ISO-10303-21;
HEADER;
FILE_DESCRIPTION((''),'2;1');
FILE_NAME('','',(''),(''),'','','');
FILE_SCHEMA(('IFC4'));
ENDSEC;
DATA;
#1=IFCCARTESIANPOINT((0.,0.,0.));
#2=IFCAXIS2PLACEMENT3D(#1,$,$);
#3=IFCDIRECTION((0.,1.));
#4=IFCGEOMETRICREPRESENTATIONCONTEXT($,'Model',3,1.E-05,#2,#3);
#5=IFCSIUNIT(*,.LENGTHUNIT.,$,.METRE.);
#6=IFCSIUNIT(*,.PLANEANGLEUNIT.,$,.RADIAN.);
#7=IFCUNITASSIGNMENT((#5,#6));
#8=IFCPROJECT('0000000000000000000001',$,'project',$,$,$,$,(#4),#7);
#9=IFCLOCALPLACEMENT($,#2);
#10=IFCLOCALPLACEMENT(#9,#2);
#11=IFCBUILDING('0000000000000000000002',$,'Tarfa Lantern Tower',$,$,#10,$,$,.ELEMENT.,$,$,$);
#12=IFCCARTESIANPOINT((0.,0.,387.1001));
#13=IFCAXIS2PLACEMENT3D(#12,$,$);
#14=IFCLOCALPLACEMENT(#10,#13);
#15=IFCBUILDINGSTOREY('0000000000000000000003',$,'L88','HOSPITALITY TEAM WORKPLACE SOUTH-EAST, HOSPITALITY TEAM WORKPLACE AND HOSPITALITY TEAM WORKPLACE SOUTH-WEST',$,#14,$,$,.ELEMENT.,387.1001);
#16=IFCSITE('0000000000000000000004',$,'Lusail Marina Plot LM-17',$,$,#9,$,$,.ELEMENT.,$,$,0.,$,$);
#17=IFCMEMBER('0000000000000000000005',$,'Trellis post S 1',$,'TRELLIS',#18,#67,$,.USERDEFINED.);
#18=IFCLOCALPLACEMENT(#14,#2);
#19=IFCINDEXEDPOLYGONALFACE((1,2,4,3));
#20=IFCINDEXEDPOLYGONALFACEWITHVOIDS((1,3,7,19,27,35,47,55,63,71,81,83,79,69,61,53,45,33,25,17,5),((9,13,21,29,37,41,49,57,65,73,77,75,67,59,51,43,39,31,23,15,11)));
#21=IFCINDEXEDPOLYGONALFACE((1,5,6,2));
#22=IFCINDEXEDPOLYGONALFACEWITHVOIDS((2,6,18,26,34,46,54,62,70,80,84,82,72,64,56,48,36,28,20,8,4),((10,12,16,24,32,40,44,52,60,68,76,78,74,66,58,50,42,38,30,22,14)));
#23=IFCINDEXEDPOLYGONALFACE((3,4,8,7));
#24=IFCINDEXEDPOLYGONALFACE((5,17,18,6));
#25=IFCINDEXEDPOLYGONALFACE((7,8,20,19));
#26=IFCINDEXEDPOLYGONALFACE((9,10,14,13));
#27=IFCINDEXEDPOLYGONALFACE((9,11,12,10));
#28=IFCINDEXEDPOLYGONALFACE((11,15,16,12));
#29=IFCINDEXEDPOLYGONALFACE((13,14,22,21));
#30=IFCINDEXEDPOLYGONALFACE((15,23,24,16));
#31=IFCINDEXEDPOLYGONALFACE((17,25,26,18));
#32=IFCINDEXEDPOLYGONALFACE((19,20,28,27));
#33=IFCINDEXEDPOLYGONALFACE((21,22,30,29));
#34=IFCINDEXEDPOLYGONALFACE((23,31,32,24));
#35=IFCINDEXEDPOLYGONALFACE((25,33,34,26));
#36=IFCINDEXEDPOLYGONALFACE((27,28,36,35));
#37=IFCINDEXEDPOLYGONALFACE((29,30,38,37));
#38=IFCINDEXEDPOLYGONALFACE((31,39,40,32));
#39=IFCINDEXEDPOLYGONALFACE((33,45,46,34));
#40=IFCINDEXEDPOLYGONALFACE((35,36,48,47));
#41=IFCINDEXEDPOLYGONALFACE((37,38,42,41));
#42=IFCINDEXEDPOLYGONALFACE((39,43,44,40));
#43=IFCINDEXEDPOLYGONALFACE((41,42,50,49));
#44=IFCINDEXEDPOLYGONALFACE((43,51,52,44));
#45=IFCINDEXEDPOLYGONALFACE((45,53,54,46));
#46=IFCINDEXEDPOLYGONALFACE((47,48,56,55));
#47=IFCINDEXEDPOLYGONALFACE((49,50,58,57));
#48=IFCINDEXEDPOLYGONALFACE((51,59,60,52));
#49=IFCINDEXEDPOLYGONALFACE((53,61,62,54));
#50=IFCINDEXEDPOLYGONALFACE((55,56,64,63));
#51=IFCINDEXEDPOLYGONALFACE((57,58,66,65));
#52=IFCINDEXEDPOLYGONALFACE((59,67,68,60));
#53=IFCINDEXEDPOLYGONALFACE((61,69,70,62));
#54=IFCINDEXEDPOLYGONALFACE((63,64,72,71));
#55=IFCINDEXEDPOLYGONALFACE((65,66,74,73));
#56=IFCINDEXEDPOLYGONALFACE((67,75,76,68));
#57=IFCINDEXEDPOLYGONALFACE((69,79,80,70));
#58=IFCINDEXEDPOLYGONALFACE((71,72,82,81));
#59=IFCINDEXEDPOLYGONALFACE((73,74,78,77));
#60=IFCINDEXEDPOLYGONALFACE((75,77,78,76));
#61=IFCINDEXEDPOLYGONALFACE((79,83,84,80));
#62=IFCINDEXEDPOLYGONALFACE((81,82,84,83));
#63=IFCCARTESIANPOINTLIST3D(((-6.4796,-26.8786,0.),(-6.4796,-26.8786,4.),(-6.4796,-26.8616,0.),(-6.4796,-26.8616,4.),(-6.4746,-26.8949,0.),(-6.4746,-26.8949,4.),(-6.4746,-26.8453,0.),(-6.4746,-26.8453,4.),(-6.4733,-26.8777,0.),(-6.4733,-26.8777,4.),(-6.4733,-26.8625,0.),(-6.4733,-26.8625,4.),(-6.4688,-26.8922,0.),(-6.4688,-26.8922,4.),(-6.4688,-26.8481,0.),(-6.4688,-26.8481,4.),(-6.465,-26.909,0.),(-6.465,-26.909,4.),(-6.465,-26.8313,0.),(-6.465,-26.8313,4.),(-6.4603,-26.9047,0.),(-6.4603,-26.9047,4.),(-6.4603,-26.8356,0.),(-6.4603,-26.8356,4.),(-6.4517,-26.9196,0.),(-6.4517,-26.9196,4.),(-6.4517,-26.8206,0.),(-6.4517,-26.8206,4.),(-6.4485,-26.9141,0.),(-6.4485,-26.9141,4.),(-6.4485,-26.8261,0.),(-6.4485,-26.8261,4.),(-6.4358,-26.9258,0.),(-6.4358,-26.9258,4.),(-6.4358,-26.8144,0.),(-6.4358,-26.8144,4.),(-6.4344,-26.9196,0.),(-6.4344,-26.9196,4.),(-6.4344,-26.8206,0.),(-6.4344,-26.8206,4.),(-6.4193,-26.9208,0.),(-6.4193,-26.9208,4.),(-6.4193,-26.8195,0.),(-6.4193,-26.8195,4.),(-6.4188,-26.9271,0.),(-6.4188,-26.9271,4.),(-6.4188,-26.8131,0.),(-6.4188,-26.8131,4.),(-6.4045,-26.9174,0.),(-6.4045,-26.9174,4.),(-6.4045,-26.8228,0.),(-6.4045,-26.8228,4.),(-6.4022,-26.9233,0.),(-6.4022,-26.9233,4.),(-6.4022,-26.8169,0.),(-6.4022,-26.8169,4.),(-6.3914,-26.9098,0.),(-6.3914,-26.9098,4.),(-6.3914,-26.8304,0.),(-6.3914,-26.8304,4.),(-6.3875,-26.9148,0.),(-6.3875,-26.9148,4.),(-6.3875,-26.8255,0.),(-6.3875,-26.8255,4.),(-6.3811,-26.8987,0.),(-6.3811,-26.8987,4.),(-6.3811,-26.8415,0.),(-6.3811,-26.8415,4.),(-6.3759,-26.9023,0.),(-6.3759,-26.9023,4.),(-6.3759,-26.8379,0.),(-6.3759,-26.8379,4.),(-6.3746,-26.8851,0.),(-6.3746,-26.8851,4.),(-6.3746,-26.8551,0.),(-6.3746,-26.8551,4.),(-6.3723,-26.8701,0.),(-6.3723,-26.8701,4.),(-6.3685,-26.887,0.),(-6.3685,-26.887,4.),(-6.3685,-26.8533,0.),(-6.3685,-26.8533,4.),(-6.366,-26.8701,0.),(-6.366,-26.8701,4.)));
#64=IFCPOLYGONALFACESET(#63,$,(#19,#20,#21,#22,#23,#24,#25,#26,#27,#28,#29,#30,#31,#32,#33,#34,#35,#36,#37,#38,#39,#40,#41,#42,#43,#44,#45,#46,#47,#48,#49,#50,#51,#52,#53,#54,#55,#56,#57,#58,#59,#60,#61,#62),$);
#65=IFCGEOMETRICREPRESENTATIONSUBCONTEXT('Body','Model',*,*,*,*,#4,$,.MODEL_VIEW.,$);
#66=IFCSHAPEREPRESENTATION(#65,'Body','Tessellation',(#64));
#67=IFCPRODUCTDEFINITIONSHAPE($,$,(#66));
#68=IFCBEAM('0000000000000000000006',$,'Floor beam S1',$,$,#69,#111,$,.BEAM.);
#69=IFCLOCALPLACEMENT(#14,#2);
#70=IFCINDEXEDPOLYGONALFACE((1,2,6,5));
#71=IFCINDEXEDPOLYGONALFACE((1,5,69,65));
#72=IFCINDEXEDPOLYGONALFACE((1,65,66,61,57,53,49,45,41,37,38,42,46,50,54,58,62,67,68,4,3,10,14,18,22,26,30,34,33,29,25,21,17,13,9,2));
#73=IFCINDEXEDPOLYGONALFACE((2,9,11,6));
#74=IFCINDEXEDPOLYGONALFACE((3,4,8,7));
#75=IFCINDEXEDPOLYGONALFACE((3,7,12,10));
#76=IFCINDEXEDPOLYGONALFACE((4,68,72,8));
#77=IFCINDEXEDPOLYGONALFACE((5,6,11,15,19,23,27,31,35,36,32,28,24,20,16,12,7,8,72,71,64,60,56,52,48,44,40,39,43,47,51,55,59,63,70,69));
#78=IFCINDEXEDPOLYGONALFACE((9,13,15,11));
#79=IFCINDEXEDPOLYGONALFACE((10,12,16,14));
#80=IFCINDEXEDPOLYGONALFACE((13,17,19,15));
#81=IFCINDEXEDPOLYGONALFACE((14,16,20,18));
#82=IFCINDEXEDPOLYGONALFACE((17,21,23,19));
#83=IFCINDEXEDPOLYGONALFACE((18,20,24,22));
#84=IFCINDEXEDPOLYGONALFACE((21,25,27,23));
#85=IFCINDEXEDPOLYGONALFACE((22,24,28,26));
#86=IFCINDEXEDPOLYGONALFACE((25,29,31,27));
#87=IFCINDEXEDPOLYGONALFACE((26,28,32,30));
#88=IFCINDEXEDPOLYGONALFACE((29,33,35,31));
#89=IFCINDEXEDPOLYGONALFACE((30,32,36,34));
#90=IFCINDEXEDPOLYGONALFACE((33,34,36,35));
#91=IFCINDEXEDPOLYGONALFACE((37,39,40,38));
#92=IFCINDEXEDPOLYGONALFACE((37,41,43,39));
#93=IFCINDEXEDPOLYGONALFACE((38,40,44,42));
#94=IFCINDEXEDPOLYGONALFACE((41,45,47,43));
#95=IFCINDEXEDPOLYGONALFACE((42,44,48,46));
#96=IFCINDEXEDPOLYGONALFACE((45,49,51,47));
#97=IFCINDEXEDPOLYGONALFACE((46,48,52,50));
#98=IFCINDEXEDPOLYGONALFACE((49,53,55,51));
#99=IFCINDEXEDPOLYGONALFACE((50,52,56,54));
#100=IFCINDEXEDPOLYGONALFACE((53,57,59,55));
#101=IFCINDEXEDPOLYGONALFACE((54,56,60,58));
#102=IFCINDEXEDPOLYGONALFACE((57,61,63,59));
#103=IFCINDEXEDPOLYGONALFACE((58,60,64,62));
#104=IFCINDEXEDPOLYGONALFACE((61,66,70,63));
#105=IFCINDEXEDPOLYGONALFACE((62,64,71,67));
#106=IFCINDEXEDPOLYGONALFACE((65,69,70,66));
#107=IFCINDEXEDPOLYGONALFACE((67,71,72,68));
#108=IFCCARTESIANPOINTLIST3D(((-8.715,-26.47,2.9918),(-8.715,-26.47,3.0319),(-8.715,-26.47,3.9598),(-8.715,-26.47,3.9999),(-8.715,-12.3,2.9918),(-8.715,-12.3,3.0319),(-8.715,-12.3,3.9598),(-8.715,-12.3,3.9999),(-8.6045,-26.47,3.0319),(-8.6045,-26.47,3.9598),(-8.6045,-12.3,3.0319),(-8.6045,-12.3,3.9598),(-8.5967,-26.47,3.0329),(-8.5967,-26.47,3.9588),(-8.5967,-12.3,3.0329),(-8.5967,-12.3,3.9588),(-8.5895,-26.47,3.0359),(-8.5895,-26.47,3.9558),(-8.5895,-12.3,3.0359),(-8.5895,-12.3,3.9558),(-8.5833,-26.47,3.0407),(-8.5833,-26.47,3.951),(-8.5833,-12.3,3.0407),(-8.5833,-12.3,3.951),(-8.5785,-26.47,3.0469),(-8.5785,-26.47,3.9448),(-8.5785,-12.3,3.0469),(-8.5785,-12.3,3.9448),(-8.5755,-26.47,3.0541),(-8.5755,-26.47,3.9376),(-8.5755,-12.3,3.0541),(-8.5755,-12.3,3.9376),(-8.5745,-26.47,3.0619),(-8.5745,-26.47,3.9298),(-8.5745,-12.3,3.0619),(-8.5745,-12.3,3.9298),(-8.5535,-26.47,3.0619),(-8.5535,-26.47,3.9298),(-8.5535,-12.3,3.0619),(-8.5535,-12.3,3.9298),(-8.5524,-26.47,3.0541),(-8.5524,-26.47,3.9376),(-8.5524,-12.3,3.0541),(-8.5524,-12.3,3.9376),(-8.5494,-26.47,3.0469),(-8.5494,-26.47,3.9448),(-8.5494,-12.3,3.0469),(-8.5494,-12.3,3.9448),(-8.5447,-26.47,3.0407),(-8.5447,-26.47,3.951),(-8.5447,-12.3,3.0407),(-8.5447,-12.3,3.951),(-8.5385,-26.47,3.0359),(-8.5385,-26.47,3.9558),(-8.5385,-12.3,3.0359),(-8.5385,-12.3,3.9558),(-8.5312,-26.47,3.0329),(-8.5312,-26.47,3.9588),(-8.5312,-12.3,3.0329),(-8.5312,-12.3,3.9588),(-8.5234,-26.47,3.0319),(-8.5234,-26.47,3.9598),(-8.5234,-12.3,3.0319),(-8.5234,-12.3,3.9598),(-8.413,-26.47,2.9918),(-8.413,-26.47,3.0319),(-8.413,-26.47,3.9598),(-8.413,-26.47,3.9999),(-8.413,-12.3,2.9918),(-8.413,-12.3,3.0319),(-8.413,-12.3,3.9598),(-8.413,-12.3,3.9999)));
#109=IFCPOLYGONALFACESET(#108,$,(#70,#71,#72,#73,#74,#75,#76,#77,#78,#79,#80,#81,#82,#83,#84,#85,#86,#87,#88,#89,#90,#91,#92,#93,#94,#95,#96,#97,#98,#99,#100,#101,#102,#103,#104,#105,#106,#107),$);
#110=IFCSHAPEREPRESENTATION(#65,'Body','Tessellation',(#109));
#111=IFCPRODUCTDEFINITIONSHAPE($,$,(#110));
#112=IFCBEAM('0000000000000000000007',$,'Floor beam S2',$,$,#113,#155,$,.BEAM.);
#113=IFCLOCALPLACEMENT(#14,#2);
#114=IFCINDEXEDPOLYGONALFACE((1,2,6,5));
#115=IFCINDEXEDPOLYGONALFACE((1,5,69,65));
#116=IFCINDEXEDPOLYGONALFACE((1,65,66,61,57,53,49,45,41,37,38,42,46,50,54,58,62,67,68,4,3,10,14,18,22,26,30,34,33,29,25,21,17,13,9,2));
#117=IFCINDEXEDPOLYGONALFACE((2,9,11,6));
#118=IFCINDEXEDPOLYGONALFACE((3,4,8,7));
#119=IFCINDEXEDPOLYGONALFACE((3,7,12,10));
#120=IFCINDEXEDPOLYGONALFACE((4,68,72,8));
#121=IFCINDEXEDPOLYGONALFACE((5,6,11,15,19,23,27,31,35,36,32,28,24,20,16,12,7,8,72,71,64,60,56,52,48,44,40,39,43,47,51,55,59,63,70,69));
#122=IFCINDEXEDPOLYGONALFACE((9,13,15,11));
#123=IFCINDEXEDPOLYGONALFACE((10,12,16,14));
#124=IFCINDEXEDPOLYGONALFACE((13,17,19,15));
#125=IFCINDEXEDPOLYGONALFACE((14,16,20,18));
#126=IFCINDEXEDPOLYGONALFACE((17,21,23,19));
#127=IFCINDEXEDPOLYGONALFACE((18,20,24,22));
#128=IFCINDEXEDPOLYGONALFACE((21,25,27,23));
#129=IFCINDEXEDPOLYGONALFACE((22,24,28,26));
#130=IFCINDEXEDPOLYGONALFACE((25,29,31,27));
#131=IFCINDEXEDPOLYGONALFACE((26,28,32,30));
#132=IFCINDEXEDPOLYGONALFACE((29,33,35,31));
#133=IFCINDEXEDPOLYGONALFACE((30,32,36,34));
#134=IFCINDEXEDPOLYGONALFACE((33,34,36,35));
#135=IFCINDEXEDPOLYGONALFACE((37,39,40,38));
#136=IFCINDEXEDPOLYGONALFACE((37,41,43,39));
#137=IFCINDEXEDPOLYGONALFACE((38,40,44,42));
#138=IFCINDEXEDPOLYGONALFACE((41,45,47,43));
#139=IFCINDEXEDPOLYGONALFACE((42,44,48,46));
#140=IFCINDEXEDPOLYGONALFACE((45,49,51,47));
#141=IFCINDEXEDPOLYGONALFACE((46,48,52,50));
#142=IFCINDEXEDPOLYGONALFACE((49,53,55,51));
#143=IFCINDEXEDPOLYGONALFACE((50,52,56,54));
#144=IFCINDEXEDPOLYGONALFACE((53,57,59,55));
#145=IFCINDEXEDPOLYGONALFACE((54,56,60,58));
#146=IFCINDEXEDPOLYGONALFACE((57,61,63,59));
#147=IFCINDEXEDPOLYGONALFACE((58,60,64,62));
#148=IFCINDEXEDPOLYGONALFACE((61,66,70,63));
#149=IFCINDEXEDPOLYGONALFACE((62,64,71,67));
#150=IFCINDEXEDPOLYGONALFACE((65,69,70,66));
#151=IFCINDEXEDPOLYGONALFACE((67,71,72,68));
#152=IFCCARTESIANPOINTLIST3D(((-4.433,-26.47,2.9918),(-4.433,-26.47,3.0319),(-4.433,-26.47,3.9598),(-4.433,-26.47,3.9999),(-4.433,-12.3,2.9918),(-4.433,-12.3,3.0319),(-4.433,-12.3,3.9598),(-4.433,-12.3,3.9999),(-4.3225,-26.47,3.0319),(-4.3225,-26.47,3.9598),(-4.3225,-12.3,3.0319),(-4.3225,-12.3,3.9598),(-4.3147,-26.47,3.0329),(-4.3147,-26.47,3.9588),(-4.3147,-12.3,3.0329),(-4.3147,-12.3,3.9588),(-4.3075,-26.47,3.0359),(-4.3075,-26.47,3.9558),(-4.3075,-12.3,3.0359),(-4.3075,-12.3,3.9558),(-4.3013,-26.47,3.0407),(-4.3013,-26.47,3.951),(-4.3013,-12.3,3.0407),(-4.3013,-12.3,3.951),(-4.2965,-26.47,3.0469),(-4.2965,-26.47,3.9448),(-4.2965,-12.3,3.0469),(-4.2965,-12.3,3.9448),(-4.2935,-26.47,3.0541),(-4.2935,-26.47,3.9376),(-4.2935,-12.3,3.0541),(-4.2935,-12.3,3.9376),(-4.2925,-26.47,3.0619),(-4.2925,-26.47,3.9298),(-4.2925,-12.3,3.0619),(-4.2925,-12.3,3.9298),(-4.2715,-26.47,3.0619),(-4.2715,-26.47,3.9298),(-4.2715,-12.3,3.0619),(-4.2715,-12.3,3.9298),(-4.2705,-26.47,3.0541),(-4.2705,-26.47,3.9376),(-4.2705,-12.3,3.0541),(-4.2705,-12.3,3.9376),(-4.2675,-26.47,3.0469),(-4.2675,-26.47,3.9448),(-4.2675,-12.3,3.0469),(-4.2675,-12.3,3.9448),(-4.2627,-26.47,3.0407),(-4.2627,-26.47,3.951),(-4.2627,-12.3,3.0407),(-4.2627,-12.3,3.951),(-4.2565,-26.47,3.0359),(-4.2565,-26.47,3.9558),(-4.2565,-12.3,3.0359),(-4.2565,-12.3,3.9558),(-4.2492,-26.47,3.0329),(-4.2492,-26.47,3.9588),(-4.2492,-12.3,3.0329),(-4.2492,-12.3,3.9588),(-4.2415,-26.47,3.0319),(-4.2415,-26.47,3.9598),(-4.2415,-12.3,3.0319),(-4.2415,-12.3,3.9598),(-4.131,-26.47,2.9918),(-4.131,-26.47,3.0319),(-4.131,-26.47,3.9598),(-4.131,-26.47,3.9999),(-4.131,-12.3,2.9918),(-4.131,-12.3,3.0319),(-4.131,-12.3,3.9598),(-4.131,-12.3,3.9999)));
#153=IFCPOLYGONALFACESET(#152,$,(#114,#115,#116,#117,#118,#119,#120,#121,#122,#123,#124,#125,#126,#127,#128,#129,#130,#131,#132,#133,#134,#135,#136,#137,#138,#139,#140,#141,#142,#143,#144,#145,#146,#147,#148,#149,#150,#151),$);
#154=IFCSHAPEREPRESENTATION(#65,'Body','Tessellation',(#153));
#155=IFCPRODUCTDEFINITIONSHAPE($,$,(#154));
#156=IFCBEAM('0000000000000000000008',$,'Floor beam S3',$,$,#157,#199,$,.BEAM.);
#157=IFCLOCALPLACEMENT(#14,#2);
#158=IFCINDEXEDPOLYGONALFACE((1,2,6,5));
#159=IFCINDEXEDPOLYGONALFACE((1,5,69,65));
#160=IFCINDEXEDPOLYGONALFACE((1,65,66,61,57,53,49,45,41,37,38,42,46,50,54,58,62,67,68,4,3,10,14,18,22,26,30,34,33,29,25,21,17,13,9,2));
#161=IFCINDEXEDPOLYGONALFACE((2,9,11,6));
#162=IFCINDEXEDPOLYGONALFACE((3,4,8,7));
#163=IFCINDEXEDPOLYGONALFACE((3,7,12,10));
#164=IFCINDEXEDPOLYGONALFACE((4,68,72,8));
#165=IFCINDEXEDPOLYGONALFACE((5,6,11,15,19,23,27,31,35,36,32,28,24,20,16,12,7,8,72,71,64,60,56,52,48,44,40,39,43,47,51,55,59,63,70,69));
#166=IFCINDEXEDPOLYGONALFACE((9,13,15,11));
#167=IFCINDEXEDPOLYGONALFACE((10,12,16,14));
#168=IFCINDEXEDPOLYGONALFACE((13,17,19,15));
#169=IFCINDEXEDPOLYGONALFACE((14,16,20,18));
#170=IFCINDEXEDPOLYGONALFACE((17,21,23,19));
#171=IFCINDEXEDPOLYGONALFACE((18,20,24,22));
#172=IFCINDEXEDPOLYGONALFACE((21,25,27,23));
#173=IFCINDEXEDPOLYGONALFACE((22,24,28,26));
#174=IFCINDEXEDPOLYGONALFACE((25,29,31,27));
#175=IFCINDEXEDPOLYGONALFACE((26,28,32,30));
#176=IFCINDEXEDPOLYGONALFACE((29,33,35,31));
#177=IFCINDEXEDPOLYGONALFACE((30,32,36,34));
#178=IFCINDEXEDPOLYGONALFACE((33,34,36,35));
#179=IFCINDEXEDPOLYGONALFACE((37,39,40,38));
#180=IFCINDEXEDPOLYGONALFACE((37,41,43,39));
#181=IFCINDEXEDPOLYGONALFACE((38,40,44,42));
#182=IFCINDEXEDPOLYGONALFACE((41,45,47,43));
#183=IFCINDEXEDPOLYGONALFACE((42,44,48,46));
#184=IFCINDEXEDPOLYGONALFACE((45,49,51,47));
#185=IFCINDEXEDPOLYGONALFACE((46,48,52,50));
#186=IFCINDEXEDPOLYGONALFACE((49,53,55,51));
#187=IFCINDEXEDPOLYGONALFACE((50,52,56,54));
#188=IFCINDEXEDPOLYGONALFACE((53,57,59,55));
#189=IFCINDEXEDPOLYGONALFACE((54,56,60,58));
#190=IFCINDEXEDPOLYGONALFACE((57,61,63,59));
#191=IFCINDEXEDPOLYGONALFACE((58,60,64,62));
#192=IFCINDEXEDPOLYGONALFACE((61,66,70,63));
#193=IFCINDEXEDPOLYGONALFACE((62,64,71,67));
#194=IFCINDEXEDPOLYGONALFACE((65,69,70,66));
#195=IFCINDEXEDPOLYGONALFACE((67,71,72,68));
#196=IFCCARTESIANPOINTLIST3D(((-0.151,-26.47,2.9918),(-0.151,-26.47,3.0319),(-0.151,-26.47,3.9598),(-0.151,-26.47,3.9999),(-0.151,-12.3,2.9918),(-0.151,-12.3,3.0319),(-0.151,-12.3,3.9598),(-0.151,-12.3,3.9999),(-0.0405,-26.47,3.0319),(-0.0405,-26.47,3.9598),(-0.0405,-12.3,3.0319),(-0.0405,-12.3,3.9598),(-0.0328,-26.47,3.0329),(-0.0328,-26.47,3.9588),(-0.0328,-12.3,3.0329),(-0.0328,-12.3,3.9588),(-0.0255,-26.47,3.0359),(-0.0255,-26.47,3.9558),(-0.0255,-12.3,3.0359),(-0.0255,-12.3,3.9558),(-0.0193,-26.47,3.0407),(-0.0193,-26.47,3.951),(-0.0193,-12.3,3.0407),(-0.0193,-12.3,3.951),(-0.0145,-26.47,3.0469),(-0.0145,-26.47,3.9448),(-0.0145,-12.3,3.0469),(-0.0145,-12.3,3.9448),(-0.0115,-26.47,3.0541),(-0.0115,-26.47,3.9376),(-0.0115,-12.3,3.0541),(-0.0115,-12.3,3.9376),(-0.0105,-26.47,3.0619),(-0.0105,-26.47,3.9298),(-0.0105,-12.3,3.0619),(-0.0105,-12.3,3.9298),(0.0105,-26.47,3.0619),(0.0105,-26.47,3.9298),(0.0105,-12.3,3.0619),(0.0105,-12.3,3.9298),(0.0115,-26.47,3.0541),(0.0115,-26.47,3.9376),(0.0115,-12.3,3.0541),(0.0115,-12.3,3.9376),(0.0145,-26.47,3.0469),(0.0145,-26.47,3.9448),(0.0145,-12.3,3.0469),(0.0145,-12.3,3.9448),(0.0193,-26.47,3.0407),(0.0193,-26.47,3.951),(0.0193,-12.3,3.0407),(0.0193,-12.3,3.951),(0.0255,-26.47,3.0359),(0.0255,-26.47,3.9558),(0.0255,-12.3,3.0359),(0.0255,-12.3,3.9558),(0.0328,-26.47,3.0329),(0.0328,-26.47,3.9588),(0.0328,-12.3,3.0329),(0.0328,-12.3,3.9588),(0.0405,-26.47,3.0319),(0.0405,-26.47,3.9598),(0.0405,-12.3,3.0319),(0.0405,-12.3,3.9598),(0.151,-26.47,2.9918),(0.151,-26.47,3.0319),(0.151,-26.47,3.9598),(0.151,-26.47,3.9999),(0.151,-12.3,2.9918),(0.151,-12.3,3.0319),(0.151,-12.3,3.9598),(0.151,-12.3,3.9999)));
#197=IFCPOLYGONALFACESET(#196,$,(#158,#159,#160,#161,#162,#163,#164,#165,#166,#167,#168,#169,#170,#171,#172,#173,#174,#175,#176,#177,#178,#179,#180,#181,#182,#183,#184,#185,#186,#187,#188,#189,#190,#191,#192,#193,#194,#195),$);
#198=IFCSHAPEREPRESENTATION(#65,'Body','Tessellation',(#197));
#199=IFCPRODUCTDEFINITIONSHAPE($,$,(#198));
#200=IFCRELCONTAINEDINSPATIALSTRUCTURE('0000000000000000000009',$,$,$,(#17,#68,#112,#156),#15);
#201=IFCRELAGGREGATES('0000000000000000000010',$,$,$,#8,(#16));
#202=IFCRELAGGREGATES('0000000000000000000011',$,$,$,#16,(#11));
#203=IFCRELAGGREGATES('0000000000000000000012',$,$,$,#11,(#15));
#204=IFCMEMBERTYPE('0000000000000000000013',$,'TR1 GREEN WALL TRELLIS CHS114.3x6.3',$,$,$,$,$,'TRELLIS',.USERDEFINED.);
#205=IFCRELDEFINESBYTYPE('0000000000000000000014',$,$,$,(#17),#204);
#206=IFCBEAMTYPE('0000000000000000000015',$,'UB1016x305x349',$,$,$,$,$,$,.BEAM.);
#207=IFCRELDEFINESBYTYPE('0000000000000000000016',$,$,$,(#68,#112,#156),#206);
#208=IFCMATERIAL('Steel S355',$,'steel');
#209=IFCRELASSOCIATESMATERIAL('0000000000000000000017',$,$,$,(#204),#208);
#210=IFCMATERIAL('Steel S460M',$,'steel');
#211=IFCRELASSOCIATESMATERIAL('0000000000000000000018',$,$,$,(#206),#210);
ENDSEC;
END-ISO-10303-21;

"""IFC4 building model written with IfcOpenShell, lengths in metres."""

from ifc_helpers import new_model, si_unit, direction, frame, origin, origin_2d, place, context, subcontext, project, spatial, hollow_circle, i_section, extrude, material, material_profile, profile_set, type_object, element, save


model = new_model("IFC4")

# Units and contexts
model_context = context("Model", 3, precision=1e-05, world=origin(), true_north=direction((0.0, 1.0)))
body_context = subcontext(model_context, "Body", "Model", "MODEL_VIEW")
ifc_project = project(units=[si_unit("LENGTHUNIT", "METRE"), si_unit("PLANEANGLEUNIT", "RADIAN")], contexts=[model_context])

# Site, building, storey
site_placement = place(None, origin())
site = spatial("IfcSite", under=ifc_project, at=site_placement, Name="Lusail Marina Plot LM-17", CompositionType="ELEMENT", RefElevation=0.0)
building_placement = place(site_placement, origin())
building = spatial("IfcBuilding", under=site, at=building_placement, Name="Tarfa Lantern Tower", CompositionType="ELEMENT")
storey_placement = place(building_placement, frame((0.0, 0.0, 387.1001)))
storey = spatial("IfcBuildingStorey", under=building, at=storey_placement, Name="L88", Description="HOSPITALITY TEAM WORKPLACE SOUTH-EAST, HOSPITALITY TEAM WORKPLACE AND HOSPITALITY TEAM WORKPLACE SOUTH-WEST", CompositionType="ELEMENT", Elevation=387.1001)

# Member
ifc_material_1 = material(Name="Steel S355", Category="steel")
ifc_material_profile_1 = material_profile(ifc_material_1, hollow_circle(Radius=0.0571, WallThickness=0.0063, at=origin_2d()), Name="CHS114.3x6.3")
ifc_profile_set_1 = profile_set([ifc_material_profile_1], Name="Steel S355")
member_type_1 = type_object("IfcMemberType", Name="TR1 GREEN WALL TRELLIS CHS114.3x6.3", ElementType="TRELLIS", PredefinedType="USERDEFINED", material=ifc_profile_set_1)
member_1_placement = place(storey_placement, frame((-6.4231, -26.8701, 0.0), z_axis=(0.0, 0.0, 1.0), x_axis=(1.0, 0.0, 0.0)))
element("IfcMember", 1, at=member_1_placement, inside=storey, type_object=member_type_1, Name="Trellis post S 1", ObjectType="TRELLIS", PredefinedType="USERDEFINED", context=body_context, shape_type="SweptSolid", body=[
    extrude(hollow_circle(Radius=0.0571, WallThickness=0.0063, at=origin_2d()), origin(), (0.0, 0.0, 1.0), 4.0),
])

# Beams
ifc_material_2 = material(Name="Steel S460M", Category="steel")
ifc_material_profile_2 = material_profile(ifc_material_2, i_section(OverallWidth=0.302, OverallDepth=1.0081, WebThickness=0.021, FlangeThickness=0.04, FilletRadius=0.03, at=origin_2d()), Name="UB1016x305x349")
ifc_profile_set_2 = profile_set([ifc_material_profile_2], Name="Steel S460M")
beam_type_1 = type_object("IfcBeamType", Name="UB1016x305x349", PredefinedType="BEAM", material=ifc_profile_set_2)
for number, where, z_axis, x_axis, name in (
    (2, (-8.564, -26.47, 3.4958), (0.0, 1.0, 0.0), (-1.0, 0.0, 0.0), "Floor beam S1"),
    (3, (-4.282, -26.47, 3.4958), (0.0, 1.0, 0.0), (-1.0, 0.0, 0.0), "Floor beam S2"),
    (4, (0.0, -26.47, 3.4958), (0.0, 1.0, 0.0), (-1.0, 0.0, 0.0), "Floor beam S3"),
):
    element("IfcBeam", number, at=place(storey_placement, frame(where, z_axis=z_axis, x_axis=x_axis)), inside=storey, type_object=beam_type_1, Name=name, PredefinedType="BEAM", context=body_context, shape_type="SweptSolid", body=[
        extrude(i_section(OverallWidth=0.302, OverallDepth=1.0081, WebThickness=0.021, FlangeThickness=0.04, FilletRadius=0.03, at=origin_2d()), origin(), (0.0, 0.0, 1.0), 14.1699),
    ])

save(model, "model.ifc")
